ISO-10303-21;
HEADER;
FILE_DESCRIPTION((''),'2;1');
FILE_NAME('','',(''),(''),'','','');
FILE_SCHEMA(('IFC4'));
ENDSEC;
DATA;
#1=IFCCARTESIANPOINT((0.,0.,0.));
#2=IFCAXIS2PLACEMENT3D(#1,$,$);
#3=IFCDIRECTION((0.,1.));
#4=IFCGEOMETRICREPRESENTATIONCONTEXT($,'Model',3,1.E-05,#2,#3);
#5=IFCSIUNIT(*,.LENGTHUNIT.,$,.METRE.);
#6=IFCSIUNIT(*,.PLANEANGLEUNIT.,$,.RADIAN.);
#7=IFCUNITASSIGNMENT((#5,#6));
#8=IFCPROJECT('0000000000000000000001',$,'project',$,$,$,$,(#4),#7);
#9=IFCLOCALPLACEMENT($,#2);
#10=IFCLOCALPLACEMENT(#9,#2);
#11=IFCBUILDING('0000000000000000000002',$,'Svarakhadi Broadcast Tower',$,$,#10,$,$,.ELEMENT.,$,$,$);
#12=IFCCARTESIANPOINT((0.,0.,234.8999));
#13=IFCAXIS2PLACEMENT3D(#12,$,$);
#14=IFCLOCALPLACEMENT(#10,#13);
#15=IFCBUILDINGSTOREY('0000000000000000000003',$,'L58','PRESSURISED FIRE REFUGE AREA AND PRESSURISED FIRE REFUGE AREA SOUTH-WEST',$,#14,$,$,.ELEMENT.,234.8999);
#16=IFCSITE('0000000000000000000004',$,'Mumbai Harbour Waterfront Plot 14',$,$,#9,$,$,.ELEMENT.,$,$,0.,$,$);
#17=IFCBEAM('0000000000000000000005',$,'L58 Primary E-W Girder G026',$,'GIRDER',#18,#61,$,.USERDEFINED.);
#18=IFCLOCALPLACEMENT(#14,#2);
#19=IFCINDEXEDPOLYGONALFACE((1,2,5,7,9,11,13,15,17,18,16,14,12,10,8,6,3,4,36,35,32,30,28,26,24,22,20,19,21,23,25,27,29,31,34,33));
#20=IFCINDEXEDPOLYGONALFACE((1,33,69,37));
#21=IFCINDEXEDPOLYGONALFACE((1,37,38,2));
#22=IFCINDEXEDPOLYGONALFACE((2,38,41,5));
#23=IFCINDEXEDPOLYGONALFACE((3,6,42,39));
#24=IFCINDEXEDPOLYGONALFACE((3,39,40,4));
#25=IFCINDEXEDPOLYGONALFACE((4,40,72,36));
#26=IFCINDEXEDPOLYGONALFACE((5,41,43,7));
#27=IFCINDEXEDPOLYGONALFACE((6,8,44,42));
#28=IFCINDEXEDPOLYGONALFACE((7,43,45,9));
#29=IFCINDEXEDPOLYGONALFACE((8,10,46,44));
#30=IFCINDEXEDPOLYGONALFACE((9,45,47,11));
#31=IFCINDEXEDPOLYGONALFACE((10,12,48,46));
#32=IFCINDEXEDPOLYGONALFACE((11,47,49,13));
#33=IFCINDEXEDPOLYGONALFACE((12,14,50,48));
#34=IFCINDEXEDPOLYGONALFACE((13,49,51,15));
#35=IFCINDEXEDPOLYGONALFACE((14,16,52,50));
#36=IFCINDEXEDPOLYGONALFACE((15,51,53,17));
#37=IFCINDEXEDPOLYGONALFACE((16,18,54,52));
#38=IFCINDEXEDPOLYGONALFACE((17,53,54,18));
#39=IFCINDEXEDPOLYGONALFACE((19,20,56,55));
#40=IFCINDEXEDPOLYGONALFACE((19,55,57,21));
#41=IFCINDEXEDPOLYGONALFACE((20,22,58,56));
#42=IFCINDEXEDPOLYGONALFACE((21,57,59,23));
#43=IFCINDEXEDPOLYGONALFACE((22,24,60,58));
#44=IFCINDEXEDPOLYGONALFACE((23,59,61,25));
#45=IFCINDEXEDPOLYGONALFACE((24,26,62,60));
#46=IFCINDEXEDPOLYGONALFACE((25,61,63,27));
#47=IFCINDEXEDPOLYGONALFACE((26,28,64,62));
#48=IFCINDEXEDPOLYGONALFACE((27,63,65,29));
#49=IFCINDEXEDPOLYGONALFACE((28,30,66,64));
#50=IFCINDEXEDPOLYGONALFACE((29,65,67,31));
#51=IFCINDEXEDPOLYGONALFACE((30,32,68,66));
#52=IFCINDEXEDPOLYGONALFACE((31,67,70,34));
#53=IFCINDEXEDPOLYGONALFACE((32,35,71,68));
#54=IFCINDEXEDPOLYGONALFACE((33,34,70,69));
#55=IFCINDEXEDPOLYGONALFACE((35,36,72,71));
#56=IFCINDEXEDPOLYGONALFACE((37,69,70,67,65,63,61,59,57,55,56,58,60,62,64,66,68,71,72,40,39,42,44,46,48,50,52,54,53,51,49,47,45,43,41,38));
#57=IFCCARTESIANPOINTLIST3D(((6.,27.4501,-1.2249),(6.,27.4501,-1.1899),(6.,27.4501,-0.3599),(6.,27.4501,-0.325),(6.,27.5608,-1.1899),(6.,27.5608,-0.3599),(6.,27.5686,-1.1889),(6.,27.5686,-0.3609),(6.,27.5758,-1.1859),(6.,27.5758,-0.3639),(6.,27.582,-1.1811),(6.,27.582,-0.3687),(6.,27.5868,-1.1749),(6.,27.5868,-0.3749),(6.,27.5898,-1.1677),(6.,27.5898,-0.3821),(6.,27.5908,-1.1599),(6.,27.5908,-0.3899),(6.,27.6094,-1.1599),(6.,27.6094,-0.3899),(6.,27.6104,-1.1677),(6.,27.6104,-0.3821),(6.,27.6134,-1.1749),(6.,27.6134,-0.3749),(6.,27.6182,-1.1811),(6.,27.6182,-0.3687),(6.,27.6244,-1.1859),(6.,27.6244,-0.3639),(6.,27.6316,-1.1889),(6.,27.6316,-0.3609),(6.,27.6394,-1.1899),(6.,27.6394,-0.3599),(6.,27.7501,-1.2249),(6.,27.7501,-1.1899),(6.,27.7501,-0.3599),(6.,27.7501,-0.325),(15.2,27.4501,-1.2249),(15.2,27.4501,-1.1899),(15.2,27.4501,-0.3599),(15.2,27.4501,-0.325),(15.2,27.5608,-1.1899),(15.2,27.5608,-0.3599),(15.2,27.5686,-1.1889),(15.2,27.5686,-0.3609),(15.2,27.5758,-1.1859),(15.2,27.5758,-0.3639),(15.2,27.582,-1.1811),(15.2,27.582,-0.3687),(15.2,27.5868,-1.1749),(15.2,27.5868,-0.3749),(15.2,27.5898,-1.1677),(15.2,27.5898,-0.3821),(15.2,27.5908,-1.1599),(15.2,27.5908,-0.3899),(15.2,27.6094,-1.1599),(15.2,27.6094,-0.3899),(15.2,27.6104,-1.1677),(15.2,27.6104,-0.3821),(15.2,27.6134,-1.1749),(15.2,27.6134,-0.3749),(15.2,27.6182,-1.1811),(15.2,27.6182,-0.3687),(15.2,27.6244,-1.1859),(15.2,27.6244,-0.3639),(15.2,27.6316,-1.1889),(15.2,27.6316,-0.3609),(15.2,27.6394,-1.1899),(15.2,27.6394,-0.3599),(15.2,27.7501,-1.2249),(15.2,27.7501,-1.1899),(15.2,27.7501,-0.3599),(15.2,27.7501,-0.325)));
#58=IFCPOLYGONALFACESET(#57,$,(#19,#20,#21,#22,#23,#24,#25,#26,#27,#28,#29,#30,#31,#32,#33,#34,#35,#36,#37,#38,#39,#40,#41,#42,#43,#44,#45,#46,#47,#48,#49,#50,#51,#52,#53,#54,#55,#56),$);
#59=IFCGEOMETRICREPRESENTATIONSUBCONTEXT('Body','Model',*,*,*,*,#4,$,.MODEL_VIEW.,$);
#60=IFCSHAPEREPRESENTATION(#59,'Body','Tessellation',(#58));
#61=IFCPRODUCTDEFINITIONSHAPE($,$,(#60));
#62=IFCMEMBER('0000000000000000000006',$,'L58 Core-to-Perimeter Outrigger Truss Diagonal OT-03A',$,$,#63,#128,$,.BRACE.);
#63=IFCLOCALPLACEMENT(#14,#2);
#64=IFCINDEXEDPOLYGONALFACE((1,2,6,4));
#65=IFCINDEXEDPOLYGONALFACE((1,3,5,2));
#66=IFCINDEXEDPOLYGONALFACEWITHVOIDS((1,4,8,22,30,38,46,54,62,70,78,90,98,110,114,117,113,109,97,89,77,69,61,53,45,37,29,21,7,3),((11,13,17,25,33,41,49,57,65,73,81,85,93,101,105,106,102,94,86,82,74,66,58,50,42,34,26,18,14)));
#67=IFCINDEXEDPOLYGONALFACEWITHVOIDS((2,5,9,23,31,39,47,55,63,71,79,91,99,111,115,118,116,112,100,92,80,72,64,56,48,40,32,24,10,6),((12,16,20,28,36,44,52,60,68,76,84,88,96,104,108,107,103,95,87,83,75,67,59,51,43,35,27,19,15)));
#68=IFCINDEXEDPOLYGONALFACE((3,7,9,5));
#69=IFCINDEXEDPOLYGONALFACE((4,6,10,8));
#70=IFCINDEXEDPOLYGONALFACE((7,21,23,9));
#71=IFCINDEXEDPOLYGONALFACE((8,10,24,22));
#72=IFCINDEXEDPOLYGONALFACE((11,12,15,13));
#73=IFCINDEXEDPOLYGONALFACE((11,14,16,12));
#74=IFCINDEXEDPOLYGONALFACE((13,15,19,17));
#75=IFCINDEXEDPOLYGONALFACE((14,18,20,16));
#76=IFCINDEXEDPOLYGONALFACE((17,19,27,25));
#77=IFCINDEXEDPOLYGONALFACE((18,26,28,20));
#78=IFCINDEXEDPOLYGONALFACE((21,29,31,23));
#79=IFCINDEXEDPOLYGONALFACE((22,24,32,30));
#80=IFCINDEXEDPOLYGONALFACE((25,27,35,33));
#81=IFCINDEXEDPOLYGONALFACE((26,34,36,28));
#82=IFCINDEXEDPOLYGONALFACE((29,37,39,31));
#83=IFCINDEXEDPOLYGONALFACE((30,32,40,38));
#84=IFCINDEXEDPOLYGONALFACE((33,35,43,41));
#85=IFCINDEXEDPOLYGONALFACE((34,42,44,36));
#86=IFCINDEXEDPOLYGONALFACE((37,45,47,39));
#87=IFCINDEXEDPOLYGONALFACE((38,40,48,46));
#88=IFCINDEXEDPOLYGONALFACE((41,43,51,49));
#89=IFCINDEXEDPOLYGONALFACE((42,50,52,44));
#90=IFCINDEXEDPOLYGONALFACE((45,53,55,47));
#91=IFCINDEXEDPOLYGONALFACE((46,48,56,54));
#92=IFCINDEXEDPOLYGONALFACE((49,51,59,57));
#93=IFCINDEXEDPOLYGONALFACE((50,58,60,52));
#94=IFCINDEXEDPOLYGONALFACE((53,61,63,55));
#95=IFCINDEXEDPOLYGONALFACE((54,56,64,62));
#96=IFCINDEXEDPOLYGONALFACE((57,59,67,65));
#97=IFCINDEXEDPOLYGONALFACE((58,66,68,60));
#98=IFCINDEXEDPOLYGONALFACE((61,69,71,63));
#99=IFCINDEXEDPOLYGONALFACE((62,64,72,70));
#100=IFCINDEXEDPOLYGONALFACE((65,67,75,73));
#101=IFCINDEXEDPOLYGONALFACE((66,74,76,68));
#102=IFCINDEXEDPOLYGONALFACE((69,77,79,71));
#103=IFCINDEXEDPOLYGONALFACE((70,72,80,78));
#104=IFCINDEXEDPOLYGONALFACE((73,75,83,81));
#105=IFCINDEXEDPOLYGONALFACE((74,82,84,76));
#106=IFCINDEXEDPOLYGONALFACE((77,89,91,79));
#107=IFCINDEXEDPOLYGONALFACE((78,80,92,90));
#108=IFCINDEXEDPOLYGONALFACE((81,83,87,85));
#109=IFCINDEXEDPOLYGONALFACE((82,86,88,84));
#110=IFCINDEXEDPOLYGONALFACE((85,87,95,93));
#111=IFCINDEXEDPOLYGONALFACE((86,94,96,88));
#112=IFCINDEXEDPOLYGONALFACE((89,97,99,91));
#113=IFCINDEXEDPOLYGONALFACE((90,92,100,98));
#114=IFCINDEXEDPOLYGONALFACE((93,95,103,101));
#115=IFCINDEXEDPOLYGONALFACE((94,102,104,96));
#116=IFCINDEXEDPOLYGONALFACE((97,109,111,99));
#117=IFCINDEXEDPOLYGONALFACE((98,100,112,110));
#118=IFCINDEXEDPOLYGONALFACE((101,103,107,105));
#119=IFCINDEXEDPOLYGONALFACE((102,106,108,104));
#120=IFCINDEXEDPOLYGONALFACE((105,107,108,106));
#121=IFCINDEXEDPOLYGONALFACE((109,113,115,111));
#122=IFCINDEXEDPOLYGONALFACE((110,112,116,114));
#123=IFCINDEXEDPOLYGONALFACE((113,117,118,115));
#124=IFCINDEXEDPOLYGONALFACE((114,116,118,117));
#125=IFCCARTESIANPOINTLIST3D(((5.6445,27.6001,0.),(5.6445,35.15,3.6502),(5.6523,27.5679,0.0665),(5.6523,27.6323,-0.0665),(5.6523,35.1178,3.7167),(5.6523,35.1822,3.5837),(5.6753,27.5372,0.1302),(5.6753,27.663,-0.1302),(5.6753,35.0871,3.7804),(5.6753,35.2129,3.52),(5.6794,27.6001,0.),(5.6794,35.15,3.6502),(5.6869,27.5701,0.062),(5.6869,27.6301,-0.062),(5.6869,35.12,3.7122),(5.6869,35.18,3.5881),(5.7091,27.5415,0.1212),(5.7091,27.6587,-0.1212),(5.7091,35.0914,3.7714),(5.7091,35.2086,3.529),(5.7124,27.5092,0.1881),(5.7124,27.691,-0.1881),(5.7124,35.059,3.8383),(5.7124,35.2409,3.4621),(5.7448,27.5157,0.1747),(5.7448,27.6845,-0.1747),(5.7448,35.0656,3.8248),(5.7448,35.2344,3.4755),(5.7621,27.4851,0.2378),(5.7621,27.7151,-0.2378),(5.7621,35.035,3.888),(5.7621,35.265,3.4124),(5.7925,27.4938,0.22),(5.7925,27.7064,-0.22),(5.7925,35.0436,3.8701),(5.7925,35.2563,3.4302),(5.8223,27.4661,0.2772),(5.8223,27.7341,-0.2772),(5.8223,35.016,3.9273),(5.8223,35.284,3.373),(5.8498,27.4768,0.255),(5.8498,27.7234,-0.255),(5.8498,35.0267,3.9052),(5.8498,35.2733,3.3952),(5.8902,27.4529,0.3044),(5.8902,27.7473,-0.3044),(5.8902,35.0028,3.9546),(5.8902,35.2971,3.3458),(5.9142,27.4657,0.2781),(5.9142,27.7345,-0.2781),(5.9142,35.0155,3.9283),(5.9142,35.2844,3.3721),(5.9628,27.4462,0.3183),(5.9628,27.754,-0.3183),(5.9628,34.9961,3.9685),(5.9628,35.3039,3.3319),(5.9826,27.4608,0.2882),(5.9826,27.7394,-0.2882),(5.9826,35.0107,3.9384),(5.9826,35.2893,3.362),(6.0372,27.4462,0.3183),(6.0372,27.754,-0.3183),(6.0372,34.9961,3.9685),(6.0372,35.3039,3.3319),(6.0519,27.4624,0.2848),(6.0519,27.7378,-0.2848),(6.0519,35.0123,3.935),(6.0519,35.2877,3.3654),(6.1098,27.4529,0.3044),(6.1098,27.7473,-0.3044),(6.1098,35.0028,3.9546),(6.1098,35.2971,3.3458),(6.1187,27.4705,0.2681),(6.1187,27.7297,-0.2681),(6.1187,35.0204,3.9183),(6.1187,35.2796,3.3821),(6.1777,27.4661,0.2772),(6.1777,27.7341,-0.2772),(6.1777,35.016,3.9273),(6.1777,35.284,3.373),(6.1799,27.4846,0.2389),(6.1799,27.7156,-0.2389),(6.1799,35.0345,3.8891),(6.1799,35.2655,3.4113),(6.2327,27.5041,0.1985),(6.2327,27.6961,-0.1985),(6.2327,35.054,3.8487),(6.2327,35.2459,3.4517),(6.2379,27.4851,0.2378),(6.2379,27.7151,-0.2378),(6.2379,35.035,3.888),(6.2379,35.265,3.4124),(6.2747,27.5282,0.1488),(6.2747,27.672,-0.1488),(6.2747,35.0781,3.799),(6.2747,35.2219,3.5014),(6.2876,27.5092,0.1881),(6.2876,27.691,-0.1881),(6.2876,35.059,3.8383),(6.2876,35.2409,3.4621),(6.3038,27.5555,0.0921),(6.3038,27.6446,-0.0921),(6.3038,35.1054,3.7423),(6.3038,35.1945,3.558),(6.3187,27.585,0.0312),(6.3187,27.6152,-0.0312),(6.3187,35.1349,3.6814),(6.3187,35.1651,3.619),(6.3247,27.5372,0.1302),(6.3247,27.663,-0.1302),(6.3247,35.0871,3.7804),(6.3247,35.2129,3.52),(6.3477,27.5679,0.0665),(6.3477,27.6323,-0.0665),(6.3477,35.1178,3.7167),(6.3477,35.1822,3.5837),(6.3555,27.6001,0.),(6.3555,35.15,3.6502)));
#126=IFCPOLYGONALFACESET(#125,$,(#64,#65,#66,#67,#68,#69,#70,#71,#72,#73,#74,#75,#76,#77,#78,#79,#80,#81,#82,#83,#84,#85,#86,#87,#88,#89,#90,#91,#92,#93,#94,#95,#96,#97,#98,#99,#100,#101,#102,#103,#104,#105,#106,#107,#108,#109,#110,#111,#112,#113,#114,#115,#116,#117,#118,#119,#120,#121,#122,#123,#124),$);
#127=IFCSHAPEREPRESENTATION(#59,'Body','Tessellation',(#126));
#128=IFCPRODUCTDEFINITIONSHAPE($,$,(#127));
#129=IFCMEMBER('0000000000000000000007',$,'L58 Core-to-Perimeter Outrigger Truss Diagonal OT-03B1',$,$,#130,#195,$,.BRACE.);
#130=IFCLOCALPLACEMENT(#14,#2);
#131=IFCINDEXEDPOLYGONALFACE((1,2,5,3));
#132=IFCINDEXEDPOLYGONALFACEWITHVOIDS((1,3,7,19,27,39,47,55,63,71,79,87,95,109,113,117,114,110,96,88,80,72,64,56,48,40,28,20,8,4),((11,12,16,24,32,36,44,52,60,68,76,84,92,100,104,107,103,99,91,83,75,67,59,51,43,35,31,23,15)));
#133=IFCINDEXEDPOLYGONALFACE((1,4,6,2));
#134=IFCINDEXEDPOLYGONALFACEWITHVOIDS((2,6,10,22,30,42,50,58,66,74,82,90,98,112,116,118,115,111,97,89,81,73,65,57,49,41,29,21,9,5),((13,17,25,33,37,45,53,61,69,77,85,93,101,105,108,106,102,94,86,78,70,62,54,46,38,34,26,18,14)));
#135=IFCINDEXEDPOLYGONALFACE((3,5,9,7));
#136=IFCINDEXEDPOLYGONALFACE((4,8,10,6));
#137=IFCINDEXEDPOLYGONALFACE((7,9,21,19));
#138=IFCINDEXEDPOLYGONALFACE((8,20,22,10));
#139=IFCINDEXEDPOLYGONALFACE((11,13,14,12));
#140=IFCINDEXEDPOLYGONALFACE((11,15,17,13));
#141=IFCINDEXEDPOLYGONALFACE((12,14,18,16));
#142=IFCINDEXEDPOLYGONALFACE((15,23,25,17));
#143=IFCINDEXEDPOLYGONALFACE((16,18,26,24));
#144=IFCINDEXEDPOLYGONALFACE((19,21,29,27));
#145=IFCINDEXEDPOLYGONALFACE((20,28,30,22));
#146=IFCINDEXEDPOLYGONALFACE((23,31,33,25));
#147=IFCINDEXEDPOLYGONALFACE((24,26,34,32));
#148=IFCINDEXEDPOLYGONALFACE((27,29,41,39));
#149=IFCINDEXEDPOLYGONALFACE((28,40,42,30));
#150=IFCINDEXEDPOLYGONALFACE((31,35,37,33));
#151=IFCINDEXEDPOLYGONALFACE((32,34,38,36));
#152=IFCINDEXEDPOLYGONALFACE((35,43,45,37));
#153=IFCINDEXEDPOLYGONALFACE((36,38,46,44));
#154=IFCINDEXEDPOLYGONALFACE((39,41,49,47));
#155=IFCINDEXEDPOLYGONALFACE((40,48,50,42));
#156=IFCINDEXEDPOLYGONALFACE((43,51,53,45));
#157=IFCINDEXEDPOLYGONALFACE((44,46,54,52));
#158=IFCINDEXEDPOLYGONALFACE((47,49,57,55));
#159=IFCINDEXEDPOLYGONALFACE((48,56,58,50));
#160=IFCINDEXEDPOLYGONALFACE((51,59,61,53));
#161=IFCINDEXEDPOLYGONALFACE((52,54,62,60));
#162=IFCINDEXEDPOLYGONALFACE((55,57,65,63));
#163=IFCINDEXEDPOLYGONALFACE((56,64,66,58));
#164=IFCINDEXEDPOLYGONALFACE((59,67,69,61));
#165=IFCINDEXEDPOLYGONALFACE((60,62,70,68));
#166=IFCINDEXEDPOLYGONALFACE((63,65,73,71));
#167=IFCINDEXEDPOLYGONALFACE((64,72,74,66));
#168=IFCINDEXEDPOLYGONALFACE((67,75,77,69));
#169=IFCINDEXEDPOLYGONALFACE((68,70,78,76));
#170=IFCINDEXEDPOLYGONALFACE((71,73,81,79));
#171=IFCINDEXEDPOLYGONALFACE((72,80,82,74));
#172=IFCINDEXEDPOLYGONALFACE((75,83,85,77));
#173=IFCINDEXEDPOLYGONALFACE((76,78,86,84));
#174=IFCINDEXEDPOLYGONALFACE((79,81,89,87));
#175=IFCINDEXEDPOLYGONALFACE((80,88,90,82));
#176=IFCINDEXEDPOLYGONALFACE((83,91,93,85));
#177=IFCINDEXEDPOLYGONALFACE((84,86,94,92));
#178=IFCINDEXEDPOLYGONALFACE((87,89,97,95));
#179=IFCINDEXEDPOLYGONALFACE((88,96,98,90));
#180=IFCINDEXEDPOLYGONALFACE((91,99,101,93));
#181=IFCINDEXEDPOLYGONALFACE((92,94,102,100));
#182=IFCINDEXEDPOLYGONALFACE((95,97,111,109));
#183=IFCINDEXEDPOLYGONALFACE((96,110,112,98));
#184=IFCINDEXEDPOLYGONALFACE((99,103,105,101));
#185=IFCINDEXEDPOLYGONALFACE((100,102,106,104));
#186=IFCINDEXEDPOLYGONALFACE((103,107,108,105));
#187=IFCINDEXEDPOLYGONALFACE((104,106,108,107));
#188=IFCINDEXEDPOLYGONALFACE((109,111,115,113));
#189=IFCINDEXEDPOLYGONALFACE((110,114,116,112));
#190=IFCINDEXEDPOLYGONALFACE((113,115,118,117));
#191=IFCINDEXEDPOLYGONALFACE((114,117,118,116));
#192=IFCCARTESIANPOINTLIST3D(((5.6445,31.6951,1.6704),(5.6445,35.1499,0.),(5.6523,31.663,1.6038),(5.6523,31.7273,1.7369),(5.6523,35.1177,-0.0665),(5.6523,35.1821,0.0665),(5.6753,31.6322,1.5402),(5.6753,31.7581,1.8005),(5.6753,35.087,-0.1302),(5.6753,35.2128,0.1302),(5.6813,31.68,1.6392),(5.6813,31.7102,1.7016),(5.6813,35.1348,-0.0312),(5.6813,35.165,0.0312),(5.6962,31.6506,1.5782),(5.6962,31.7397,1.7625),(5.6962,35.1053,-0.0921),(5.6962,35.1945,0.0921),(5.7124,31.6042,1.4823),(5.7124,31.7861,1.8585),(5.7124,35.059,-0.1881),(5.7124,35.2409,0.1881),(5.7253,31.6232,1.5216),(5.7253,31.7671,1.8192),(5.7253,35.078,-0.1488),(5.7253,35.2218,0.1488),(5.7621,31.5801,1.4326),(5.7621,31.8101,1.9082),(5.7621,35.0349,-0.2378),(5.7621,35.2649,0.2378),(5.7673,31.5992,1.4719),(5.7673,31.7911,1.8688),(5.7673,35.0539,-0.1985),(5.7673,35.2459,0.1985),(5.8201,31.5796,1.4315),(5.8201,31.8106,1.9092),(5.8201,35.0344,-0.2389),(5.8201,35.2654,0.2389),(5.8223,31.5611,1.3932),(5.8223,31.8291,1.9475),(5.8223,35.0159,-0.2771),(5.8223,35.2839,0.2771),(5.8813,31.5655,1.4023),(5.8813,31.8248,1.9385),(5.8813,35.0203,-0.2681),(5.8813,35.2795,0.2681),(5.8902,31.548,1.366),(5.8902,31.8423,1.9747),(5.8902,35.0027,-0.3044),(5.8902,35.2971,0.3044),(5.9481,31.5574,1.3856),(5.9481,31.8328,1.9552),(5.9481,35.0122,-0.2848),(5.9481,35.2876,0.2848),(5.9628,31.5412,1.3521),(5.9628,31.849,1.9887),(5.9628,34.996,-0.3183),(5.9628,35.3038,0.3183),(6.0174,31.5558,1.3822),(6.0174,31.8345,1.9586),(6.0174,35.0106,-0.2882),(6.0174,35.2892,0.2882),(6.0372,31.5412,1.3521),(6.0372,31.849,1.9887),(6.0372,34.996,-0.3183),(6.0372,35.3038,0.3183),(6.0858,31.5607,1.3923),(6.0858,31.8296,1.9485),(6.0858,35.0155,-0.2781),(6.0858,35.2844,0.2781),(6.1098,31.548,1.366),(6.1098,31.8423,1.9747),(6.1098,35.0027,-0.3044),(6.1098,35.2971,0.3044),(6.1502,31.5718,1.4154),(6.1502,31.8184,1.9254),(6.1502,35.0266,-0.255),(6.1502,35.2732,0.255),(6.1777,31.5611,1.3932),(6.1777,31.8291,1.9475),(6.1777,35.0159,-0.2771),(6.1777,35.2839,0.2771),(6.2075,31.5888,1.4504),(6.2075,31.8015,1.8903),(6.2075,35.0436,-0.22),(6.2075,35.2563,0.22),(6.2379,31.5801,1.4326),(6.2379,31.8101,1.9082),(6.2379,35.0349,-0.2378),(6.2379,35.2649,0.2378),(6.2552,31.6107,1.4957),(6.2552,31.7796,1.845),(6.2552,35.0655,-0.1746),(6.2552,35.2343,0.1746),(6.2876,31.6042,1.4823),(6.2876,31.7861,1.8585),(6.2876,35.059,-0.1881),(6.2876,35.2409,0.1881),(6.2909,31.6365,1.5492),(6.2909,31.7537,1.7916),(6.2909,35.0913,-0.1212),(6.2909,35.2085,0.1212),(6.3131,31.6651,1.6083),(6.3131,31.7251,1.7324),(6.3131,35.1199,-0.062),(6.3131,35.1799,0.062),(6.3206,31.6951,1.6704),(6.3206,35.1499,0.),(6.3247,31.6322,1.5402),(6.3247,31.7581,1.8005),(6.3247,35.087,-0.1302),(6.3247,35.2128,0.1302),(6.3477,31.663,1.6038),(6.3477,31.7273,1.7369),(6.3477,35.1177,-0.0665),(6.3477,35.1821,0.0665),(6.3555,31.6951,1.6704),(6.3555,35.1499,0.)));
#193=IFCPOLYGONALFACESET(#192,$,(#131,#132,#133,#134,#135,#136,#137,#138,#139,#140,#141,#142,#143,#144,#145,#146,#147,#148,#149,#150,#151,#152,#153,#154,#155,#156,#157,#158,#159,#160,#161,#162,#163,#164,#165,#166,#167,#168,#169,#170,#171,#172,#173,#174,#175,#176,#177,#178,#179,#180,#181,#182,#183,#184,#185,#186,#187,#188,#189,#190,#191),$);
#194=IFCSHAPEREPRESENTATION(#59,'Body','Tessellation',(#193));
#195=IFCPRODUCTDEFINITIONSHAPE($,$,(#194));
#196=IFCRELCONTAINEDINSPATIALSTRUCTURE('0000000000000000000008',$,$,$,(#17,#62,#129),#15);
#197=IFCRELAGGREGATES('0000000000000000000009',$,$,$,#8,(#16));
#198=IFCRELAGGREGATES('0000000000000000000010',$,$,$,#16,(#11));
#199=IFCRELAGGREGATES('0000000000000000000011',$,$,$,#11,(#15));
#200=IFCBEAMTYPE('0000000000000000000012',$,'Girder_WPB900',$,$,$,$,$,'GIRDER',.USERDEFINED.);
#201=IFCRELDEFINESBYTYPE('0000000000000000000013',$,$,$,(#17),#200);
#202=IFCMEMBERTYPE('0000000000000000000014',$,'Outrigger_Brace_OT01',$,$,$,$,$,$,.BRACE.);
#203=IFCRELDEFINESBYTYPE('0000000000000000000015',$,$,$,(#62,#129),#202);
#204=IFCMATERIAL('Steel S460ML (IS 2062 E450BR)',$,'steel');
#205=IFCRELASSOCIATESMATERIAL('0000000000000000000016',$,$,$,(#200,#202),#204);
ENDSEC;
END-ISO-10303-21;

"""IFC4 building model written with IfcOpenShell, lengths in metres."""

from ifc_helpers import new_model, si_unit, direction, frame, origin, origin_2d, place, context, subcontext, project, spatial, hollow_circle, i_section, extrude, material, material_profile, profile_set, type_object, element, save


model = new_model("IFC4")

# Units and contexts
model_context = context("Model", 3, precision=1e-05, world=origin(), true_north=direction((0.0, 1.0)))
body_context = subcontext(model_context, "Body", "Model", "MODEL_VIEW")
ifc_project = project(units=[si_unit("LENGTHUNIT", "METRE"), si_unit("PLANEANGLEUNIT", "RADIAN")], contexts=[model_context])

# Site, building, storey
site_placement = place(None, origin())
site = spatial("IfcSite", under=ifc_project, at=site_placement, Name="Mumbai Harbour Waterfront Plot 14", CompositionType="ELEMENT", RefElevation=0.0)
building_placement = place(site_placement, origin())
building = spatial("IfcBuilding", under=site, at=building_placement, Name="Svarakhadi Broadcast Tower", CompositionType="ELEMENT")
storey_placement = place(building_placement, frame((0.0, 0.0, 234.8999)))
storey = spatial("IfcBuildingStorey", under=building, at=storey_placement, Name="L58", Description="PRESSURISED FIRE REFUGE AREA AND PRESSURISED FIRE REFUGE AREA SOUTH-WEST", CompositionType="ELEMENT", Elevation=234.8999)

# Shared definitions
ifc_material_1 = material(Name="Steel S460ML (IS 2062 E450BR)", Category="steel")

# Beam
ifc_material_profile_1 = material_profile(ifc_material_1, i_section(OverallWidth=0.3, OverallDepth=0.8999, WebThickness=0.0186, FlangeThickness=0.0349, FilletRadius=0.03, at=origin_2d()), Name="WPB 900x300x291")
ifc_profile_set_1 = profile_set([ifc_material_profile_1], Name="Steel S460ML (IS 2062 E450BR)")
beam_type_1 = type_object("IfcBeamType", Name="Girder_WPB900", ElementType="GIRDER", PredefinedType="USERDEFINED", material=ifc_profile_set_1)
beam_1_placement = place(storey_placement, frame((6.0, 27.6001, -0.7749), z_axis=(1.0, 0.0, 0.0), x_axis=(0.0, 1.0, 0.0)))
element("IfcBeam", 1, at=beam_1_placement, inside=storey, type_object=beam_type_1, Name="L58 Primary E-W Girder G026", ObjectType="GIRDER", PredefinedType="USERDEFINED", context=body_context, shape_type="SweptSolid", body=[
    extrude(i_section(OverallWidth=0.3, OverallDepth=0.8999, WebThickness=0.0186, FlangeThickness=0.0349, FilletRadius=0.03, at=origin_2d()), origin(), (0.0, 0.0, 1.0), 9.2),
])

# Members
ifc_material_profile_2 = material_profile(ifc_material_1, hollow_circle(Radius=0.3555, WallThickness=0.0349, at=origin_2d()), Name="CHS 711x35")
ifc_profile_set_2 = profile_set([ifc_material_profile_2], Name="Steel S460ML (IS 2062 E450BR)")
member_type_1 = type_object("IfcMemberType", Name="Outrigger_Brace_OT01", PredefinedType="BRACE", material=ifc_profile_set_2)
member_1_placement = place(storey_placement, frame((6.0, 27.6001, 0.0), z_axis=(0.0, 0.900299, 0.435272), x_axis=(-1.0, 0.0, 0.0)))
element("IfcMember", 2, at=member_1_placement, inside=storey, type_object=member_type_1, Name="L58 Core-to-Perimeter Outrigger Truss Diagonal OT-03A", PredefinedType="BRACE", context=body_context, shape_type="SweptSolid", body=[
    extrude(hollow_circle(Radius=0.3555, WallThickness=0.0349, at=origin_2d()), origin(), (0.0, 0.0, 1.0), 8.386),
])
for number, where, z_axis, x_axis, name in (
    (3, (6.0, 35.1499, 0.0), (0.0, -0.90029, 0.43529), (1.0, 0.0, 0.0), "L58 Core-to-Perimeter Outrigger Truss Diagonal OT-03B1"),
):
    element("IfcMember", number, at=place(storey_placement, frame(where, z_axis=z_axis, x_axis=x_axis)), inside=storey, type_object=member_type_1, Name=name, PredefinedType="BRACE", context=body_context, shape_type="SweptSolid", body=[
        extrude(hollow_circle(Radius=0.3555, WallThickness=0.0349, at=origin_2d()), origin(), (0.0, 0.0, 1.0), 3.8374),
    ])

save(model, "model.ifc")
